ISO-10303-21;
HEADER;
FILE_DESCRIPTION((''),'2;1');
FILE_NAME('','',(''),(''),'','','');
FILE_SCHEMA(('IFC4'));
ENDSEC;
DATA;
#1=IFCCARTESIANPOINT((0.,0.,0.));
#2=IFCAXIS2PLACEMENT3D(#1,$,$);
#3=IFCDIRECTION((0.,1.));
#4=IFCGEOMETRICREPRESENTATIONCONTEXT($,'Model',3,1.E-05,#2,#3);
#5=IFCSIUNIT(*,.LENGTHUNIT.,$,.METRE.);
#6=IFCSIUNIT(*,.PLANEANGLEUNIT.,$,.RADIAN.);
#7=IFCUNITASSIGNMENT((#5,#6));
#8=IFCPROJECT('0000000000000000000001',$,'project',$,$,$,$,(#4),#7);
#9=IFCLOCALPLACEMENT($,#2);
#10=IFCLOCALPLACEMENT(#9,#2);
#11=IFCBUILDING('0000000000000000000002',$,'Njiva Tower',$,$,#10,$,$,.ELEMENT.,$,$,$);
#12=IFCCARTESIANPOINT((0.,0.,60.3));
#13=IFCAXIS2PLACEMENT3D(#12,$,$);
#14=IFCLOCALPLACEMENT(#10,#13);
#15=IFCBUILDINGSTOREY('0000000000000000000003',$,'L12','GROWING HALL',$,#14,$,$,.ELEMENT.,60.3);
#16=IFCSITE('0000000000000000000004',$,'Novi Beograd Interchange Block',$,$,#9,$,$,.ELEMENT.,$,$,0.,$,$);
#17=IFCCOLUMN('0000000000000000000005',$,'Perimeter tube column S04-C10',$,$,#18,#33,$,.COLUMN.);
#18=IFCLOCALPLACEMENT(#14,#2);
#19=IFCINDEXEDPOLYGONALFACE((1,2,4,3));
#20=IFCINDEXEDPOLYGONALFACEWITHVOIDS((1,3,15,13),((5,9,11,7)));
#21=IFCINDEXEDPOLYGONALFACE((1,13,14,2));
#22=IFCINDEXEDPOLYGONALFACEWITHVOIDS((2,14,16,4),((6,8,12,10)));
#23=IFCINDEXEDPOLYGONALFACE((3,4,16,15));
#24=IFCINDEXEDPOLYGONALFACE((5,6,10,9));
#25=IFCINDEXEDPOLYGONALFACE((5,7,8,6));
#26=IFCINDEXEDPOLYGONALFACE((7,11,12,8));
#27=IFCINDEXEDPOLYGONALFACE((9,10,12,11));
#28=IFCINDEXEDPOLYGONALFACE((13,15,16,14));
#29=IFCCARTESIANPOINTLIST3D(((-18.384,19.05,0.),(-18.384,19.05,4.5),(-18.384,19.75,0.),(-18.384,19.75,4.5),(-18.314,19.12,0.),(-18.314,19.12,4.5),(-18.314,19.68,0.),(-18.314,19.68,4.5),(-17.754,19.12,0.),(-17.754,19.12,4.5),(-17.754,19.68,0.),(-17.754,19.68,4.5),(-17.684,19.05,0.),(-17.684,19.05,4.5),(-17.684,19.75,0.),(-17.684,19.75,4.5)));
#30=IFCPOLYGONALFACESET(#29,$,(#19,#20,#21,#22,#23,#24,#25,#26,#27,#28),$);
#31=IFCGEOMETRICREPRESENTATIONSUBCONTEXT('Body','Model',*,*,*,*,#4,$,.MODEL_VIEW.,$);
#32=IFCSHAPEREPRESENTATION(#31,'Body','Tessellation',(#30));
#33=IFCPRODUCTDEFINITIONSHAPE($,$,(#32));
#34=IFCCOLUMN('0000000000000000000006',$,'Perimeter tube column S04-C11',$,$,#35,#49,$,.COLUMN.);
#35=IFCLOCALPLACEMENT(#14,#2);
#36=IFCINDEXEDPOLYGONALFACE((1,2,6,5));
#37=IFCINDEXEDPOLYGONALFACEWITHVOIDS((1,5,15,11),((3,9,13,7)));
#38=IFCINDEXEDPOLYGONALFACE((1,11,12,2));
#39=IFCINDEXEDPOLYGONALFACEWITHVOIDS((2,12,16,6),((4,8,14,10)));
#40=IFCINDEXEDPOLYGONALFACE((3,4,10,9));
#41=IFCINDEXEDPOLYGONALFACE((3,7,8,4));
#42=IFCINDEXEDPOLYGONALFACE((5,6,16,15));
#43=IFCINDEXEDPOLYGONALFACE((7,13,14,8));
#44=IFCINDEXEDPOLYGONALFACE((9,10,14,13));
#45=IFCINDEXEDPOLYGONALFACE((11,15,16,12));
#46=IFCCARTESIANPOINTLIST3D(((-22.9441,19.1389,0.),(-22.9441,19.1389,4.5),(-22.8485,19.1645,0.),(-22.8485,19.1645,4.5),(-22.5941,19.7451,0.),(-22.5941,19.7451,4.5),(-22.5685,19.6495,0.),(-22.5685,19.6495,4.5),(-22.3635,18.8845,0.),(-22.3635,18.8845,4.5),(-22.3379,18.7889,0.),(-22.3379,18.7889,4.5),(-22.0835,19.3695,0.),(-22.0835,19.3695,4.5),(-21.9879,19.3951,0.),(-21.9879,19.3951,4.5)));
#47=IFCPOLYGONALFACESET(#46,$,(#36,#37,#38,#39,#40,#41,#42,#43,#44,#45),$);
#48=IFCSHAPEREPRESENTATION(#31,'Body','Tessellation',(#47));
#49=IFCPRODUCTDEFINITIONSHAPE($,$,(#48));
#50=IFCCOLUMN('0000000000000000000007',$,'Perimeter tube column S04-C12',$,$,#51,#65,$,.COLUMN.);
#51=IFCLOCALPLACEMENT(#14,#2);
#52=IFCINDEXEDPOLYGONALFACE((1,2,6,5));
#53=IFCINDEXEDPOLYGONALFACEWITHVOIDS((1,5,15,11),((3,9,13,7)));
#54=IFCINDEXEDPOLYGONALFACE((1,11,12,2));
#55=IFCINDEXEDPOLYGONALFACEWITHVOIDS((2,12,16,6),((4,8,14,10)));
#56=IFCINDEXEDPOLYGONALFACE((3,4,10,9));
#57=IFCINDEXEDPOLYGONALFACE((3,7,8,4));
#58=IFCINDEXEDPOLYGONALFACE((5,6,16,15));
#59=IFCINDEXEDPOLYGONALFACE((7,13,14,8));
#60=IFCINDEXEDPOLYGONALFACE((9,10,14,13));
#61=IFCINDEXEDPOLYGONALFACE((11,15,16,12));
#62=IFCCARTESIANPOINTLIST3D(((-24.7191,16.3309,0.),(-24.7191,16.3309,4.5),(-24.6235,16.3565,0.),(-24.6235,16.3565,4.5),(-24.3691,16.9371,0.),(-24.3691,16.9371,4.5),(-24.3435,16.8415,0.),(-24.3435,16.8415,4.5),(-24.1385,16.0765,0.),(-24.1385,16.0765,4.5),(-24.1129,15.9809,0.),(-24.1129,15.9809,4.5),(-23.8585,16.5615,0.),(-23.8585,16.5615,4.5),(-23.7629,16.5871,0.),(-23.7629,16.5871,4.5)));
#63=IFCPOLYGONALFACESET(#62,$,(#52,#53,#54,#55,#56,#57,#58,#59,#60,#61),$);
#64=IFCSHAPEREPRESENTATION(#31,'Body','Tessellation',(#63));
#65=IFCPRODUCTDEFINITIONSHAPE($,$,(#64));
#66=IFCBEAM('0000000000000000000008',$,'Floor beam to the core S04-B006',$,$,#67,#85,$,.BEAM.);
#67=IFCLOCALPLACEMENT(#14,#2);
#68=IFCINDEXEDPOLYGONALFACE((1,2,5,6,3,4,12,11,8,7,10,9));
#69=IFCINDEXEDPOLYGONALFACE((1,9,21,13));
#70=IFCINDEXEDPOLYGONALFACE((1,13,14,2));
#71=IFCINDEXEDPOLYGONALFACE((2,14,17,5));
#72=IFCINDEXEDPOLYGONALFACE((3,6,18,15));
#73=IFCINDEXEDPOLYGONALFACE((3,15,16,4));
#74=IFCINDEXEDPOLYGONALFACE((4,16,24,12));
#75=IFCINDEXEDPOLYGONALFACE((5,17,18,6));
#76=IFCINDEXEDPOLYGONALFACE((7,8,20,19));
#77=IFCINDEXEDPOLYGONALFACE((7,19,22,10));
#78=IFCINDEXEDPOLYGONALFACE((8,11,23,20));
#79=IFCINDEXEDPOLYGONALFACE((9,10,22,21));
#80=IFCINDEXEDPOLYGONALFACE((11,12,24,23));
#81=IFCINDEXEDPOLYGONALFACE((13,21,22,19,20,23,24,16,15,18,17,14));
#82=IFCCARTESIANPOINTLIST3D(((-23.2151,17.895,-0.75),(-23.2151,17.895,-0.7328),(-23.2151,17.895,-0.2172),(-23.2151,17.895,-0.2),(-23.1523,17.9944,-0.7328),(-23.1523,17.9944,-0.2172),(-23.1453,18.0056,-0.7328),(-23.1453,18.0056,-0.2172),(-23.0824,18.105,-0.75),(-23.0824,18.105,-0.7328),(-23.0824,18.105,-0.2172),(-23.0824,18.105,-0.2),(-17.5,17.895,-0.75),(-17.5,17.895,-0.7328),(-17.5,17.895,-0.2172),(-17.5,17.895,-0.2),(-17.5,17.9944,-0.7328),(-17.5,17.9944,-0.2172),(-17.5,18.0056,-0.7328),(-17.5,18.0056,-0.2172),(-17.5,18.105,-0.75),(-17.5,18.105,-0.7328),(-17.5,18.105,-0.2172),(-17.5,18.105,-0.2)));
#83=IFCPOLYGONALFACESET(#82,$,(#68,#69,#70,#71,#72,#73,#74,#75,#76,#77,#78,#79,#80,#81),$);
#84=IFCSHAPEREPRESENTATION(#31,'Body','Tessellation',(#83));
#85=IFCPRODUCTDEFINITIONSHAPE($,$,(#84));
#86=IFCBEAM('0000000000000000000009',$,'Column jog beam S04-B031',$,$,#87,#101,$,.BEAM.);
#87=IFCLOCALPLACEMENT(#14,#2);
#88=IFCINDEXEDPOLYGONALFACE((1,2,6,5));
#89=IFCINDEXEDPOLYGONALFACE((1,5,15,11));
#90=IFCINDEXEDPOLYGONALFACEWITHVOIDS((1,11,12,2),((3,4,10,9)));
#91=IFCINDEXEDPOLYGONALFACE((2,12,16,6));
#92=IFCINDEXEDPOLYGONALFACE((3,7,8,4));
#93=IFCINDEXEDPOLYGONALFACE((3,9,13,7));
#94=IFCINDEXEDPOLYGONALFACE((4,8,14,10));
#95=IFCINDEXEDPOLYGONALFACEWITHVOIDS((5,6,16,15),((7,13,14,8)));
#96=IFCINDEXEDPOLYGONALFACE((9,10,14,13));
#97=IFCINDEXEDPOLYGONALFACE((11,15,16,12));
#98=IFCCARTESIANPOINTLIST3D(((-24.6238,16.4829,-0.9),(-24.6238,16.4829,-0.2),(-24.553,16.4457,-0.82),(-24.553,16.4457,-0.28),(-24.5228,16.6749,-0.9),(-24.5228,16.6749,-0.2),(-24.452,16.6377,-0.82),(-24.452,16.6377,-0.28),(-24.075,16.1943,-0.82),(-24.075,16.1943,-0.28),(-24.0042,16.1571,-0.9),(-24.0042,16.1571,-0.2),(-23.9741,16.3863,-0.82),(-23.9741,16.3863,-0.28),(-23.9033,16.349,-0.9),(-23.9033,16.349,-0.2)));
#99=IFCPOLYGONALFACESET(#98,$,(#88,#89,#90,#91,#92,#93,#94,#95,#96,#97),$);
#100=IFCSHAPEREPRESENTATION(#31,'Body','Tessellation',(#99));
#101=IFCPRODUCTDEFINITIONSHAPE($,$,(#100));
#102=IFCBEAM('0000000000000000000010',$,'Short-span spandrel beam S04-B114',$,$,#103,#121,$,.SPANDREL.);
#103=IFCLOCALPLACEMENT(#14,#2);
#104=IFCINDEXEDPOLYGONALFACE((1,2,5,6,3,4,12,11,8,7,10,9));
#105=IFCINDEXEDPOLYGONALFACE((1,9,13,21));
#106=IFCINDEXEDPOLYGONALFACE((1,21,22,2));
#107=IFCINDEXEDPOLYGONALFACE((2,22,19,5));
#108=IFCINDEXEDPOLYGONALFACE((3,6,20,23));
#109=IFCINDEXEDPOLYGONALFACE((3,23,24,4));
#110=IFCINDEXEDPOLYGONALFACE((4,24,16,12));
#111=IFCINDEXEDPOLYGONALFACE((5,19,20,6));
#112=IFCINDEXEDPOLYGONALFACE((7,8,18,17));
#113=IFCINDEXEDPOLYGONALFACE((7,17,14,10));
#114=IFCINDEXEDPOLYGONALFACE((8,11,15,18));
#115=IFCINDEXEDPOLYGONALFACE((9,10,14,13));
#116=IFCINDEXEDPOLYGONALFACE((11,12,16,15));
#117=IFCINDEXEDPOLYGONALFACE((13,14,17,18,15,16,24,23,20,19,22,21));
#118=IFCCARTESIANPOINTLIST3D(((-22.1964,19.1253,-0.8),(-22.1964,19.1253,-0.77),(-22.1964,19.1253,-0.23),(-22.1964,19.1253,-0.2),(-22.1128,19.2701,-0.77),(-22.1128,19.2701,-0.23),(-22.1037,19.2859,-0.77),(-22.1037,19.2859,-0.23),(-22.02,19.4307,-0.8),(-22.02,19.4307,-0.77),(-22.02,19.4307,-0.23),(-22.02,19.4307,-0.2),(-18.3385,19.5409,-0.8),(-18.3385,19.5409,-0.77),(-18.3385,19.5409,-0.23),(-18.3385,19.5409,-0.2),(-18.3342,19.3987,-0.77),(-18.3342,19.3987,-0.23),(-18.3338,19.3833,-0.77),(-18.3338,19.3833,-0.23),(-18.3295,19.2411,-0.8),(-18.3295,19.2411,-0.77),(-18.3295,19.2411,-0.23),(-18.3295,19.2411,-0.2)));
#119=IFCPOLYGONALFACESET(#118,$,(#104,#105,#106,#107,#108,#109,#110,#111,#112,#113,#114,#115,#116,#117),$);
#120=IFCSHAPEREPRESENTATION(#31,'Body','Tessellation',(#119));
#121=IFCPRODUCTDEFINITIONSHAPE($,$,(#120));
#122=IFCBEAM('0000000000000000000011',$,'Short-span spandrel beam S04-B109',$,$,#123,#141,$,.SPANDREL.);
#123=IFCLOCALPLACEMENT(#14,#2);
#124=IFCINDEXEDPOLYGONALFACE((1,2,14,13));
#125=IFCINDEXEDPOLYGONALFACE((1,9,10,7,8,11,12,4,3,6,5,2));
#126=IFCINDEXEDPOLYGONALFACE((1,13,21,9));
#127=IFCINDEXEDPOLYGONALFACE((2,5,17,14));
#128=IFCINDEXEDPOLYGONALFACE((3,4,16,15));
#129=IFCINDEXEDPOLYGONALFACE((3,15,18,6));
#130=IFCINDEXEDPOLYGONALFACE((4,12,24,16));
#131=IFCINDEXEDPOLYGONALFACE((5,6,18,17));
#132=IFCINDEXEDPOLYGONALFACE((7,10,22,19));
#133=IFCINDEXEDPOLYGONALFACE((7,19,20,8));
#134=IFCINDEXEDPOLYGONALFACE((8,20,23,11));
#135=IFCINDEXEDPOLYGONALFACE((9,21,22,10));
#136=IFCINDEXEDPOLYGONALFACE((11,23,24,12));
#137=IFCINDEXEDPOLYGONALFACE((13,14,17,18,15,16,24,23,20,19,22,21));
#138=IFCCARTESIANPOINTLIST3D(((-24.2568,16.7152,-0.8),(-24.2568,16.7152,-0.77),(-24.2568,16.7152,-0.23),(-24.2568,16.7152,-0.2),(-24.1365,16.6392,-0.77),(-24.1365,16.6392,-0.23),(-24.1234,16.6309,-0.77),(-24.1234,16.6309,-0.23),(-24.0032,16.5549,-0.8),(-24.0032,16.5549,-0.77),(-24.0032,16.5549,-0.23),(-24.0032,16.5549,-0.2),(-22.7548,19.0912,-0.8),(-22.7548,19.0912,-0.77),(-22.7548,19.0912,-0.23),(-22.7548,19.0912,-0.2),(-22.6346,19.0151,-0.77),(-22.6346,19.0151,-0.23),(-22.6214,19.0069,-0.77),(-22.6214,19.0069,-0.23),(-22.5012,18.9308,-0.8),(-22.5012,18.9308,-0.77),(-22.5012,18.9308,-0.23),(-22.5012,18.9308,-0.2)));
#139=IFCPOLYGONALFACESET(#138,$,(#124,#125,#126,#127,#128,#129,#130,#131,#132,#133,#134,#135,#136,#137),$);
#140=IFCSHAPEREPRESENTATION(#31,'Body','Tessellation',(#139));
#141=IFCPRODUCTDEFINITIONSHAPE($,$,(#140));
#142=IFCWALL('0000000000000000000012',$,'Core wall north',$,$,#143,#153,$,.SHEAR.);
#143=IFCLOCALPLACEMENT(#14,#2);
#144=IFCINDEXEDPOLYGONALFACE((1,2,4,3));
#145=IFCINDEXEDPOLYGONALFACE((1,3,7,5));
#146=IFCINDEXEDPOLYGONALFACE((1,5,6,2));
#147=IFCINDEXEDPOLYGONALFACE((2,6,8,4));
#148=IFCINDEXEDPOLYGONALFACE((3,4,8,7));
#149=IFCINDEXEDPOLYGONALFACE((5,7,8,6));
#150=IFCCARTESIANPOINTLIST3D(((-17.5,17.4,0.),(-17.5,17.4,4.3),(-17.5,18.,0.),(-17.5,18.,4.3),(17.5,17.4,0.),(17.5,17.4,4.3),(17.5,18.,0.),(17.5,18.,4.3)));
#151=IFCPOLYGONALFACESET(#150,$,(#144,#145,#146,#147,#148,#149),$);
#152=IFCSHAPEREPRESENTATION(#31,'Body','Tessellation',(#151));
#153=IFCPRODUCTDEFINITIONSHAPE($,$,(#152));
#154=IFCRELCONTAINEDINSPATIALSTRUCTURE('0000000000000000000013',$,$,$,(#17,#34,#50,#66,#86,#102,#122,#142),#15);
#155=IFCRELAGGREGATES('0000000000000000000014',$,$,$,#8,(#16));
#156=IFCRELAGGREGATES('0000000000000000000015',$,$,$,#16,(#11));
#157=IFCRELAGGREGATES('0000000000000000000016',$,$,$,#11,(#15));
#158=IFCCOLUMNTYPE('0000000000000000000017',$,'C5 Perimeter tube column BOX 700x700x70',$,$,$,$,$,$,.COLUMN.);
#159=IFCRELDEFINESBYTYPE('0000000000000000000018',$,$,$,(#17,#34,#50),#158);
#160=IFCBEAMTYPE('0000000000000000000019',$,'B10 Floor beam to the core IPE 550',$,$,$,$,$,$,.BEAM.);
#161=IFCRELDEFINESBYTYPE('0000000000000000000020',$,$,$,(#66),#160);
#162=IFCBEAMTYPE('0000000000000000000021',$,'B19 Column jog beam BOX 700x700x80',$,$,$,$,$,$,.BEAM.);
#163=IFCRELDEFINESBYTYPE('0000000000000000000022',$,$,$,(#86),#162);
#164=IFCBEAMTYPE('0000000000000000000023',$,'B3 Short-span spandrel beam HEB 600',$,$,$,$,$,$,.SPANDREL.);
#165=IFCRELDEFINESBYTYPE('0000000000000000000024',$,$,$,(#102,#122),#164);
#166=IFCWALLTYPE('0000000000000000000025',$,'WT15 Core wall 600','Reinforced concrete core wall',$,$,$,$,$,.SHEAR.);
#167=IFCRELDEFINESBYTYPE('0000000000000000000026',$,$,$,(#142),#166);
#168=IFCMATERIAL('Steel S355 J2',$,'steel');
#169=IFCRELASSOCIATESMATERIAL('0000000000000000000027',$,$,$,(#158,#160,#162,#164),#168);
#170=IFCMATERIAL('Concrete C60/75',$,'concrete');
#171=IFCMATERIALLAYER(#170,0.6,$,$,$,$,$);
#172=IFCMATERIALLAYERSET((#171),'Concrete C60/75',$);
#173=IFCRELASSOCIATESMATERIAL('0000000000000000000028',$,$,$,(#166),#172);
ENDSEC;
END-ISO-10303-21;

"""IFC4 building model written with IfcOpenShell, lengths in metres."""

from ifc_helpers import new_model, si_unit, direction, frame, frame_2d, origin, origin_2d, place, context, subcontext, project, spatial, rectangle, hollow_rectangle, i_section, extrude, clip, halfspace, material, layer, layer_set, material_profile, profile_set, type_object, element, save


model = new_model("IFC4")

# Units and contexts
model_context = context("Model", 3, precision=1e-05, world=origin(), true_north=direction((0.0, 1.0)))
body_context = subcontext(model_context, "Body", "Model", "MODEL_VIEW")
ifc_project = project(units=[si_unit("LENGTHUNIT", "METRE"), si_unit("PLANEANGLEUNIT", "RADIAN")], contexts=[model_context])

# Site, building, storey
site_placement = place(None, origin())
site = spatial("IfcSite", under=ifc_project, at=site_placement, Name="Novi Beograd Interchange Block", CompositionType="ELEMENT", RefElevation=0.0)
building_placement = place(site_placement, origin())
building = spatial("IfcBuilding", under=site, at=building_placement, Name="Njiva Tower", CompositionType="ELEMENT")
storey_placement = place(building_placement, frame((0.0, 0.0, 60.3)))
storey = spatial("IfcBuildingStorey", under=building, at=storey_placement, Name="L12", Description="GROWING HALL", CompositionType="ELEMENT", Elevation=60.3)

# Columns
ifc_material_1 = material(Name="Steel S355 J2", Category="steel")
ifc_material_profile_1 = material_profile(ifc_material_1, hollow_rectangle(XDim=0.7, YDim=0.7, WallThickness=0.07, at=origin_2d()), Name="BOX 700x700x70")
ifc_profile_set_1 = profile_set([ifc_material_profile_1], Name="Steel S355 J2")
column_type = type_object("IfcColumnType", Name="C5 Perimeter tube column BOX 700x700x70", PredefinedType="COLUMN", material=ifc_profile_set_1)
for number, where, z_axis, x_axis, name in (
    (1, (-18.034, 19.4, 0.0), (0.0, 0.0, 1.0), (-1.0, 0.0, 0.0), "Perimeter tube column S04-C10"),
    (2, (-22.466, 19.267, 0.0), (0.0, 0.0, 1.0), (-0.5, -0.866025, 0.0), "Perimeter tube column S04-C11"),
    (3, (-24.241, 16.459, 0.0), (0.0, 0.0, 1.0), (-0.5, -0.866025, 0.0), "Perimeter tube column S04-C12"),
):
    element("IfcColumn", number, at=place(storey_placement, frame(where, z_axis=z_axis, x_axis=x_axis)), inside=storey, type_object=column_type, Name=name, PredefinedType="COLUMN", context=body_context, shape_type="SweptSolid", body=[
        extrude(hollow_rectangle(XDim=0.7, YDim=0.7, WallThickness=0.07, at=origin_2d()), origin(), (0.0, 0.0, 1.0), 4.5),
    ])

# Beams
ifc_material_profile_2 = material_profile(ifc_material_1, i_section(OverallWidth=0.21, OverallDepth=0.55, WebThickness=0.0111, FlangeThickness=0.0172, at=origin_2d()), Name="IPE 550")
ifc_profile_set_2 = profile_set([ifc_material_profile_2], Name="Steel S355 J2")
beam_type_1 = type_object("IfcBeamType", Name="B10 Floor beam to the core IPE 550", PredefinedType="BEAM", material=ifc_profile_set_2)
beam_1_placement = place(storey_placement, frame((-23.235, 18.0, -0.475), z_axis=(1.0, 0.0, 0.0), x_axis=(0.0, 1.0, 0.0)))
element("IfcBeam", 4, at=beam_1_placement, inside=storey, type_object=beam_type_1, Name="Floor beam to the core S04-B006", PredefinedType="BEAM", context=body_context, shape_type="Clipping", body=[
    clip(extrude(i_section(OverallWidth=0.21, OverallDepth=0.55, WebThickness=0.0111, FlangeThickness=0.0172, at=origin_2d()), origin(), (0.0, 0.0, 1.0), 5.735), halfspace(frame((0.0267, 0.0, 0.1031), z_axis=(0.534309, 0.0, -0.845289), x_axis=(0.0, -1.0, 0.0)), False)),
])
ifc_material_profile_3 = material_profile(ifc_material_1, hollow_rectangle(XDim=0.7, YDim=0.7, WallThickness=0.08, at=origin_2d()), Name="BOX 700x700x80")
ifc_profile_set_3 = profile_set([ifc_material_profile_3], Name="Steel S355 J2")
beam_type_2 = type_object("IfcBeamType", Name="B19 Column jog beam BOX 700x700x80", PredefinedType="BEAM", material=ifc_profile_set_3)
beam_2_placement = place(storey_placement, frame((-24.314, 16.32, -0.55), z_axis=(0.465556, 0.885018, 0.0), x_axis=(-0.885018, 0.465556, 0.0)))
element("IfcBeam", 5, at=beam_2_placement, inside=storey, type_object=beam_type_2, Name="Column jog beam S04-B031", PredefinedType="BEAM", context=body_context, shape_type="SweptSolid", body=[
    extrude(hollow_rectangle(XDim=0.7, YDim=0.7, WallThickness=0.08, at=origin_2d()), origin(), (0.0, 0.0, 1.0), 0.2169),
])
ifc_material_profile_4 = material_profile(ifc_material_1, i_section(OverallWidth=0.3, OverallDepth=0.6, WebThickness=0.0155, FlangeThickness=0.03, at=origin_2d()), Name="HEB 600")
ifc_profile_set_4 = profile_set([ifc_material_profile_4], Name="Steel S355 J2")
beam_type_3 = type_object("IfcBeamType", Name="B3 Short-span spandrel beam HEB 600", PredefinedType="SPANDREL", material=ifc_profile_set_4)
beam_3_placement = place(storey_placement, frame((-18.334, 19.391, -0.5), z_axis=(-0.999552, -0.029928, 0.0), x_axis=(0.029928, -0.999552, 0.0)))
element("IfcBeam", 6, at=beam_3_placement, inside=storey, type_object=beam_type_3, Name="Short-span spandrel beam S04-B114", PredefinedType="SPANDREL", context=body_context, shape_type="Clipping", body=[
    clip(extrude(i_section(OverallWidth=0.3, OverallDepth=0.6, WebThickness=0.0155, FlangeThickness=0.03, at=origin_2d()), origin(), (0.0, 0.0, 1.0), 3.8887), halfspace(frame((-0.0259, 0.0, 3.7599), z_axis=(-0.525693, 0.0, 0.850675), x_axis=(0.0, 1.0, 0.0)), False)),
])
beam_4_placement = place(storey_placement, frame((-22.628, 19.011, -0.5), z_axis=(-0.534341, -0.845269, 0.0), x_axis=(0.845269, -0.534341, 0.0)))
element("IfcBeam", 7, at=beam_4_placement, inside=storey, type_object=beam_type_3, Name="Short-span spandrel beam S04-B109", PredefinedType="SPANDREL", context=body_context, shape_type="SweptSolid", body=[
    extrude(i_section(OverallWidth=0.3, OverallDepth=0.6, WebThickness=0.0155, FlangeThickness=0.03, at=origin_2d()), origin(), (0.0, 0.0, 1.0), 2.8109),
])

# Wall
ifc_material_2 = material(Name="Concrete C60/75", Category="concrete")
ifc_layer_1 = layer(ifc_material_2, 0.6)
ifc_layer_set_1 = layer_set([ifc_layer_1], Name="Concrete C60/75")
wall_type_1 = type_object("IfcWallType", Name="WT15 Core wall 600", Description="Reinforced concrete core wall", PredefinedType="SHEAR", material=ifc_layer_set_1)
wall_1_placement = place(storey_placement, frame((-17.5, 17.7, 0.0), z_axis=(0.0, 0.0, 1.0), x_axis=(1.0, 0.0, 0.0)))
element("IfcWall", 8, at=wall_1_placement, inside=storey, type_object=wall_type_1, Name="Core wall north", PredefinedType="SHEAR", context=body_context, shape_type="SweptSolid", body=[
    extrude(rectangle(XDim=35.0, YDim=0.6, at=frame_2d((17.5, 0.0))), origin(), (0.0, 0.0, 1.0), 4.3),
])

save(model, "model.ifc")
